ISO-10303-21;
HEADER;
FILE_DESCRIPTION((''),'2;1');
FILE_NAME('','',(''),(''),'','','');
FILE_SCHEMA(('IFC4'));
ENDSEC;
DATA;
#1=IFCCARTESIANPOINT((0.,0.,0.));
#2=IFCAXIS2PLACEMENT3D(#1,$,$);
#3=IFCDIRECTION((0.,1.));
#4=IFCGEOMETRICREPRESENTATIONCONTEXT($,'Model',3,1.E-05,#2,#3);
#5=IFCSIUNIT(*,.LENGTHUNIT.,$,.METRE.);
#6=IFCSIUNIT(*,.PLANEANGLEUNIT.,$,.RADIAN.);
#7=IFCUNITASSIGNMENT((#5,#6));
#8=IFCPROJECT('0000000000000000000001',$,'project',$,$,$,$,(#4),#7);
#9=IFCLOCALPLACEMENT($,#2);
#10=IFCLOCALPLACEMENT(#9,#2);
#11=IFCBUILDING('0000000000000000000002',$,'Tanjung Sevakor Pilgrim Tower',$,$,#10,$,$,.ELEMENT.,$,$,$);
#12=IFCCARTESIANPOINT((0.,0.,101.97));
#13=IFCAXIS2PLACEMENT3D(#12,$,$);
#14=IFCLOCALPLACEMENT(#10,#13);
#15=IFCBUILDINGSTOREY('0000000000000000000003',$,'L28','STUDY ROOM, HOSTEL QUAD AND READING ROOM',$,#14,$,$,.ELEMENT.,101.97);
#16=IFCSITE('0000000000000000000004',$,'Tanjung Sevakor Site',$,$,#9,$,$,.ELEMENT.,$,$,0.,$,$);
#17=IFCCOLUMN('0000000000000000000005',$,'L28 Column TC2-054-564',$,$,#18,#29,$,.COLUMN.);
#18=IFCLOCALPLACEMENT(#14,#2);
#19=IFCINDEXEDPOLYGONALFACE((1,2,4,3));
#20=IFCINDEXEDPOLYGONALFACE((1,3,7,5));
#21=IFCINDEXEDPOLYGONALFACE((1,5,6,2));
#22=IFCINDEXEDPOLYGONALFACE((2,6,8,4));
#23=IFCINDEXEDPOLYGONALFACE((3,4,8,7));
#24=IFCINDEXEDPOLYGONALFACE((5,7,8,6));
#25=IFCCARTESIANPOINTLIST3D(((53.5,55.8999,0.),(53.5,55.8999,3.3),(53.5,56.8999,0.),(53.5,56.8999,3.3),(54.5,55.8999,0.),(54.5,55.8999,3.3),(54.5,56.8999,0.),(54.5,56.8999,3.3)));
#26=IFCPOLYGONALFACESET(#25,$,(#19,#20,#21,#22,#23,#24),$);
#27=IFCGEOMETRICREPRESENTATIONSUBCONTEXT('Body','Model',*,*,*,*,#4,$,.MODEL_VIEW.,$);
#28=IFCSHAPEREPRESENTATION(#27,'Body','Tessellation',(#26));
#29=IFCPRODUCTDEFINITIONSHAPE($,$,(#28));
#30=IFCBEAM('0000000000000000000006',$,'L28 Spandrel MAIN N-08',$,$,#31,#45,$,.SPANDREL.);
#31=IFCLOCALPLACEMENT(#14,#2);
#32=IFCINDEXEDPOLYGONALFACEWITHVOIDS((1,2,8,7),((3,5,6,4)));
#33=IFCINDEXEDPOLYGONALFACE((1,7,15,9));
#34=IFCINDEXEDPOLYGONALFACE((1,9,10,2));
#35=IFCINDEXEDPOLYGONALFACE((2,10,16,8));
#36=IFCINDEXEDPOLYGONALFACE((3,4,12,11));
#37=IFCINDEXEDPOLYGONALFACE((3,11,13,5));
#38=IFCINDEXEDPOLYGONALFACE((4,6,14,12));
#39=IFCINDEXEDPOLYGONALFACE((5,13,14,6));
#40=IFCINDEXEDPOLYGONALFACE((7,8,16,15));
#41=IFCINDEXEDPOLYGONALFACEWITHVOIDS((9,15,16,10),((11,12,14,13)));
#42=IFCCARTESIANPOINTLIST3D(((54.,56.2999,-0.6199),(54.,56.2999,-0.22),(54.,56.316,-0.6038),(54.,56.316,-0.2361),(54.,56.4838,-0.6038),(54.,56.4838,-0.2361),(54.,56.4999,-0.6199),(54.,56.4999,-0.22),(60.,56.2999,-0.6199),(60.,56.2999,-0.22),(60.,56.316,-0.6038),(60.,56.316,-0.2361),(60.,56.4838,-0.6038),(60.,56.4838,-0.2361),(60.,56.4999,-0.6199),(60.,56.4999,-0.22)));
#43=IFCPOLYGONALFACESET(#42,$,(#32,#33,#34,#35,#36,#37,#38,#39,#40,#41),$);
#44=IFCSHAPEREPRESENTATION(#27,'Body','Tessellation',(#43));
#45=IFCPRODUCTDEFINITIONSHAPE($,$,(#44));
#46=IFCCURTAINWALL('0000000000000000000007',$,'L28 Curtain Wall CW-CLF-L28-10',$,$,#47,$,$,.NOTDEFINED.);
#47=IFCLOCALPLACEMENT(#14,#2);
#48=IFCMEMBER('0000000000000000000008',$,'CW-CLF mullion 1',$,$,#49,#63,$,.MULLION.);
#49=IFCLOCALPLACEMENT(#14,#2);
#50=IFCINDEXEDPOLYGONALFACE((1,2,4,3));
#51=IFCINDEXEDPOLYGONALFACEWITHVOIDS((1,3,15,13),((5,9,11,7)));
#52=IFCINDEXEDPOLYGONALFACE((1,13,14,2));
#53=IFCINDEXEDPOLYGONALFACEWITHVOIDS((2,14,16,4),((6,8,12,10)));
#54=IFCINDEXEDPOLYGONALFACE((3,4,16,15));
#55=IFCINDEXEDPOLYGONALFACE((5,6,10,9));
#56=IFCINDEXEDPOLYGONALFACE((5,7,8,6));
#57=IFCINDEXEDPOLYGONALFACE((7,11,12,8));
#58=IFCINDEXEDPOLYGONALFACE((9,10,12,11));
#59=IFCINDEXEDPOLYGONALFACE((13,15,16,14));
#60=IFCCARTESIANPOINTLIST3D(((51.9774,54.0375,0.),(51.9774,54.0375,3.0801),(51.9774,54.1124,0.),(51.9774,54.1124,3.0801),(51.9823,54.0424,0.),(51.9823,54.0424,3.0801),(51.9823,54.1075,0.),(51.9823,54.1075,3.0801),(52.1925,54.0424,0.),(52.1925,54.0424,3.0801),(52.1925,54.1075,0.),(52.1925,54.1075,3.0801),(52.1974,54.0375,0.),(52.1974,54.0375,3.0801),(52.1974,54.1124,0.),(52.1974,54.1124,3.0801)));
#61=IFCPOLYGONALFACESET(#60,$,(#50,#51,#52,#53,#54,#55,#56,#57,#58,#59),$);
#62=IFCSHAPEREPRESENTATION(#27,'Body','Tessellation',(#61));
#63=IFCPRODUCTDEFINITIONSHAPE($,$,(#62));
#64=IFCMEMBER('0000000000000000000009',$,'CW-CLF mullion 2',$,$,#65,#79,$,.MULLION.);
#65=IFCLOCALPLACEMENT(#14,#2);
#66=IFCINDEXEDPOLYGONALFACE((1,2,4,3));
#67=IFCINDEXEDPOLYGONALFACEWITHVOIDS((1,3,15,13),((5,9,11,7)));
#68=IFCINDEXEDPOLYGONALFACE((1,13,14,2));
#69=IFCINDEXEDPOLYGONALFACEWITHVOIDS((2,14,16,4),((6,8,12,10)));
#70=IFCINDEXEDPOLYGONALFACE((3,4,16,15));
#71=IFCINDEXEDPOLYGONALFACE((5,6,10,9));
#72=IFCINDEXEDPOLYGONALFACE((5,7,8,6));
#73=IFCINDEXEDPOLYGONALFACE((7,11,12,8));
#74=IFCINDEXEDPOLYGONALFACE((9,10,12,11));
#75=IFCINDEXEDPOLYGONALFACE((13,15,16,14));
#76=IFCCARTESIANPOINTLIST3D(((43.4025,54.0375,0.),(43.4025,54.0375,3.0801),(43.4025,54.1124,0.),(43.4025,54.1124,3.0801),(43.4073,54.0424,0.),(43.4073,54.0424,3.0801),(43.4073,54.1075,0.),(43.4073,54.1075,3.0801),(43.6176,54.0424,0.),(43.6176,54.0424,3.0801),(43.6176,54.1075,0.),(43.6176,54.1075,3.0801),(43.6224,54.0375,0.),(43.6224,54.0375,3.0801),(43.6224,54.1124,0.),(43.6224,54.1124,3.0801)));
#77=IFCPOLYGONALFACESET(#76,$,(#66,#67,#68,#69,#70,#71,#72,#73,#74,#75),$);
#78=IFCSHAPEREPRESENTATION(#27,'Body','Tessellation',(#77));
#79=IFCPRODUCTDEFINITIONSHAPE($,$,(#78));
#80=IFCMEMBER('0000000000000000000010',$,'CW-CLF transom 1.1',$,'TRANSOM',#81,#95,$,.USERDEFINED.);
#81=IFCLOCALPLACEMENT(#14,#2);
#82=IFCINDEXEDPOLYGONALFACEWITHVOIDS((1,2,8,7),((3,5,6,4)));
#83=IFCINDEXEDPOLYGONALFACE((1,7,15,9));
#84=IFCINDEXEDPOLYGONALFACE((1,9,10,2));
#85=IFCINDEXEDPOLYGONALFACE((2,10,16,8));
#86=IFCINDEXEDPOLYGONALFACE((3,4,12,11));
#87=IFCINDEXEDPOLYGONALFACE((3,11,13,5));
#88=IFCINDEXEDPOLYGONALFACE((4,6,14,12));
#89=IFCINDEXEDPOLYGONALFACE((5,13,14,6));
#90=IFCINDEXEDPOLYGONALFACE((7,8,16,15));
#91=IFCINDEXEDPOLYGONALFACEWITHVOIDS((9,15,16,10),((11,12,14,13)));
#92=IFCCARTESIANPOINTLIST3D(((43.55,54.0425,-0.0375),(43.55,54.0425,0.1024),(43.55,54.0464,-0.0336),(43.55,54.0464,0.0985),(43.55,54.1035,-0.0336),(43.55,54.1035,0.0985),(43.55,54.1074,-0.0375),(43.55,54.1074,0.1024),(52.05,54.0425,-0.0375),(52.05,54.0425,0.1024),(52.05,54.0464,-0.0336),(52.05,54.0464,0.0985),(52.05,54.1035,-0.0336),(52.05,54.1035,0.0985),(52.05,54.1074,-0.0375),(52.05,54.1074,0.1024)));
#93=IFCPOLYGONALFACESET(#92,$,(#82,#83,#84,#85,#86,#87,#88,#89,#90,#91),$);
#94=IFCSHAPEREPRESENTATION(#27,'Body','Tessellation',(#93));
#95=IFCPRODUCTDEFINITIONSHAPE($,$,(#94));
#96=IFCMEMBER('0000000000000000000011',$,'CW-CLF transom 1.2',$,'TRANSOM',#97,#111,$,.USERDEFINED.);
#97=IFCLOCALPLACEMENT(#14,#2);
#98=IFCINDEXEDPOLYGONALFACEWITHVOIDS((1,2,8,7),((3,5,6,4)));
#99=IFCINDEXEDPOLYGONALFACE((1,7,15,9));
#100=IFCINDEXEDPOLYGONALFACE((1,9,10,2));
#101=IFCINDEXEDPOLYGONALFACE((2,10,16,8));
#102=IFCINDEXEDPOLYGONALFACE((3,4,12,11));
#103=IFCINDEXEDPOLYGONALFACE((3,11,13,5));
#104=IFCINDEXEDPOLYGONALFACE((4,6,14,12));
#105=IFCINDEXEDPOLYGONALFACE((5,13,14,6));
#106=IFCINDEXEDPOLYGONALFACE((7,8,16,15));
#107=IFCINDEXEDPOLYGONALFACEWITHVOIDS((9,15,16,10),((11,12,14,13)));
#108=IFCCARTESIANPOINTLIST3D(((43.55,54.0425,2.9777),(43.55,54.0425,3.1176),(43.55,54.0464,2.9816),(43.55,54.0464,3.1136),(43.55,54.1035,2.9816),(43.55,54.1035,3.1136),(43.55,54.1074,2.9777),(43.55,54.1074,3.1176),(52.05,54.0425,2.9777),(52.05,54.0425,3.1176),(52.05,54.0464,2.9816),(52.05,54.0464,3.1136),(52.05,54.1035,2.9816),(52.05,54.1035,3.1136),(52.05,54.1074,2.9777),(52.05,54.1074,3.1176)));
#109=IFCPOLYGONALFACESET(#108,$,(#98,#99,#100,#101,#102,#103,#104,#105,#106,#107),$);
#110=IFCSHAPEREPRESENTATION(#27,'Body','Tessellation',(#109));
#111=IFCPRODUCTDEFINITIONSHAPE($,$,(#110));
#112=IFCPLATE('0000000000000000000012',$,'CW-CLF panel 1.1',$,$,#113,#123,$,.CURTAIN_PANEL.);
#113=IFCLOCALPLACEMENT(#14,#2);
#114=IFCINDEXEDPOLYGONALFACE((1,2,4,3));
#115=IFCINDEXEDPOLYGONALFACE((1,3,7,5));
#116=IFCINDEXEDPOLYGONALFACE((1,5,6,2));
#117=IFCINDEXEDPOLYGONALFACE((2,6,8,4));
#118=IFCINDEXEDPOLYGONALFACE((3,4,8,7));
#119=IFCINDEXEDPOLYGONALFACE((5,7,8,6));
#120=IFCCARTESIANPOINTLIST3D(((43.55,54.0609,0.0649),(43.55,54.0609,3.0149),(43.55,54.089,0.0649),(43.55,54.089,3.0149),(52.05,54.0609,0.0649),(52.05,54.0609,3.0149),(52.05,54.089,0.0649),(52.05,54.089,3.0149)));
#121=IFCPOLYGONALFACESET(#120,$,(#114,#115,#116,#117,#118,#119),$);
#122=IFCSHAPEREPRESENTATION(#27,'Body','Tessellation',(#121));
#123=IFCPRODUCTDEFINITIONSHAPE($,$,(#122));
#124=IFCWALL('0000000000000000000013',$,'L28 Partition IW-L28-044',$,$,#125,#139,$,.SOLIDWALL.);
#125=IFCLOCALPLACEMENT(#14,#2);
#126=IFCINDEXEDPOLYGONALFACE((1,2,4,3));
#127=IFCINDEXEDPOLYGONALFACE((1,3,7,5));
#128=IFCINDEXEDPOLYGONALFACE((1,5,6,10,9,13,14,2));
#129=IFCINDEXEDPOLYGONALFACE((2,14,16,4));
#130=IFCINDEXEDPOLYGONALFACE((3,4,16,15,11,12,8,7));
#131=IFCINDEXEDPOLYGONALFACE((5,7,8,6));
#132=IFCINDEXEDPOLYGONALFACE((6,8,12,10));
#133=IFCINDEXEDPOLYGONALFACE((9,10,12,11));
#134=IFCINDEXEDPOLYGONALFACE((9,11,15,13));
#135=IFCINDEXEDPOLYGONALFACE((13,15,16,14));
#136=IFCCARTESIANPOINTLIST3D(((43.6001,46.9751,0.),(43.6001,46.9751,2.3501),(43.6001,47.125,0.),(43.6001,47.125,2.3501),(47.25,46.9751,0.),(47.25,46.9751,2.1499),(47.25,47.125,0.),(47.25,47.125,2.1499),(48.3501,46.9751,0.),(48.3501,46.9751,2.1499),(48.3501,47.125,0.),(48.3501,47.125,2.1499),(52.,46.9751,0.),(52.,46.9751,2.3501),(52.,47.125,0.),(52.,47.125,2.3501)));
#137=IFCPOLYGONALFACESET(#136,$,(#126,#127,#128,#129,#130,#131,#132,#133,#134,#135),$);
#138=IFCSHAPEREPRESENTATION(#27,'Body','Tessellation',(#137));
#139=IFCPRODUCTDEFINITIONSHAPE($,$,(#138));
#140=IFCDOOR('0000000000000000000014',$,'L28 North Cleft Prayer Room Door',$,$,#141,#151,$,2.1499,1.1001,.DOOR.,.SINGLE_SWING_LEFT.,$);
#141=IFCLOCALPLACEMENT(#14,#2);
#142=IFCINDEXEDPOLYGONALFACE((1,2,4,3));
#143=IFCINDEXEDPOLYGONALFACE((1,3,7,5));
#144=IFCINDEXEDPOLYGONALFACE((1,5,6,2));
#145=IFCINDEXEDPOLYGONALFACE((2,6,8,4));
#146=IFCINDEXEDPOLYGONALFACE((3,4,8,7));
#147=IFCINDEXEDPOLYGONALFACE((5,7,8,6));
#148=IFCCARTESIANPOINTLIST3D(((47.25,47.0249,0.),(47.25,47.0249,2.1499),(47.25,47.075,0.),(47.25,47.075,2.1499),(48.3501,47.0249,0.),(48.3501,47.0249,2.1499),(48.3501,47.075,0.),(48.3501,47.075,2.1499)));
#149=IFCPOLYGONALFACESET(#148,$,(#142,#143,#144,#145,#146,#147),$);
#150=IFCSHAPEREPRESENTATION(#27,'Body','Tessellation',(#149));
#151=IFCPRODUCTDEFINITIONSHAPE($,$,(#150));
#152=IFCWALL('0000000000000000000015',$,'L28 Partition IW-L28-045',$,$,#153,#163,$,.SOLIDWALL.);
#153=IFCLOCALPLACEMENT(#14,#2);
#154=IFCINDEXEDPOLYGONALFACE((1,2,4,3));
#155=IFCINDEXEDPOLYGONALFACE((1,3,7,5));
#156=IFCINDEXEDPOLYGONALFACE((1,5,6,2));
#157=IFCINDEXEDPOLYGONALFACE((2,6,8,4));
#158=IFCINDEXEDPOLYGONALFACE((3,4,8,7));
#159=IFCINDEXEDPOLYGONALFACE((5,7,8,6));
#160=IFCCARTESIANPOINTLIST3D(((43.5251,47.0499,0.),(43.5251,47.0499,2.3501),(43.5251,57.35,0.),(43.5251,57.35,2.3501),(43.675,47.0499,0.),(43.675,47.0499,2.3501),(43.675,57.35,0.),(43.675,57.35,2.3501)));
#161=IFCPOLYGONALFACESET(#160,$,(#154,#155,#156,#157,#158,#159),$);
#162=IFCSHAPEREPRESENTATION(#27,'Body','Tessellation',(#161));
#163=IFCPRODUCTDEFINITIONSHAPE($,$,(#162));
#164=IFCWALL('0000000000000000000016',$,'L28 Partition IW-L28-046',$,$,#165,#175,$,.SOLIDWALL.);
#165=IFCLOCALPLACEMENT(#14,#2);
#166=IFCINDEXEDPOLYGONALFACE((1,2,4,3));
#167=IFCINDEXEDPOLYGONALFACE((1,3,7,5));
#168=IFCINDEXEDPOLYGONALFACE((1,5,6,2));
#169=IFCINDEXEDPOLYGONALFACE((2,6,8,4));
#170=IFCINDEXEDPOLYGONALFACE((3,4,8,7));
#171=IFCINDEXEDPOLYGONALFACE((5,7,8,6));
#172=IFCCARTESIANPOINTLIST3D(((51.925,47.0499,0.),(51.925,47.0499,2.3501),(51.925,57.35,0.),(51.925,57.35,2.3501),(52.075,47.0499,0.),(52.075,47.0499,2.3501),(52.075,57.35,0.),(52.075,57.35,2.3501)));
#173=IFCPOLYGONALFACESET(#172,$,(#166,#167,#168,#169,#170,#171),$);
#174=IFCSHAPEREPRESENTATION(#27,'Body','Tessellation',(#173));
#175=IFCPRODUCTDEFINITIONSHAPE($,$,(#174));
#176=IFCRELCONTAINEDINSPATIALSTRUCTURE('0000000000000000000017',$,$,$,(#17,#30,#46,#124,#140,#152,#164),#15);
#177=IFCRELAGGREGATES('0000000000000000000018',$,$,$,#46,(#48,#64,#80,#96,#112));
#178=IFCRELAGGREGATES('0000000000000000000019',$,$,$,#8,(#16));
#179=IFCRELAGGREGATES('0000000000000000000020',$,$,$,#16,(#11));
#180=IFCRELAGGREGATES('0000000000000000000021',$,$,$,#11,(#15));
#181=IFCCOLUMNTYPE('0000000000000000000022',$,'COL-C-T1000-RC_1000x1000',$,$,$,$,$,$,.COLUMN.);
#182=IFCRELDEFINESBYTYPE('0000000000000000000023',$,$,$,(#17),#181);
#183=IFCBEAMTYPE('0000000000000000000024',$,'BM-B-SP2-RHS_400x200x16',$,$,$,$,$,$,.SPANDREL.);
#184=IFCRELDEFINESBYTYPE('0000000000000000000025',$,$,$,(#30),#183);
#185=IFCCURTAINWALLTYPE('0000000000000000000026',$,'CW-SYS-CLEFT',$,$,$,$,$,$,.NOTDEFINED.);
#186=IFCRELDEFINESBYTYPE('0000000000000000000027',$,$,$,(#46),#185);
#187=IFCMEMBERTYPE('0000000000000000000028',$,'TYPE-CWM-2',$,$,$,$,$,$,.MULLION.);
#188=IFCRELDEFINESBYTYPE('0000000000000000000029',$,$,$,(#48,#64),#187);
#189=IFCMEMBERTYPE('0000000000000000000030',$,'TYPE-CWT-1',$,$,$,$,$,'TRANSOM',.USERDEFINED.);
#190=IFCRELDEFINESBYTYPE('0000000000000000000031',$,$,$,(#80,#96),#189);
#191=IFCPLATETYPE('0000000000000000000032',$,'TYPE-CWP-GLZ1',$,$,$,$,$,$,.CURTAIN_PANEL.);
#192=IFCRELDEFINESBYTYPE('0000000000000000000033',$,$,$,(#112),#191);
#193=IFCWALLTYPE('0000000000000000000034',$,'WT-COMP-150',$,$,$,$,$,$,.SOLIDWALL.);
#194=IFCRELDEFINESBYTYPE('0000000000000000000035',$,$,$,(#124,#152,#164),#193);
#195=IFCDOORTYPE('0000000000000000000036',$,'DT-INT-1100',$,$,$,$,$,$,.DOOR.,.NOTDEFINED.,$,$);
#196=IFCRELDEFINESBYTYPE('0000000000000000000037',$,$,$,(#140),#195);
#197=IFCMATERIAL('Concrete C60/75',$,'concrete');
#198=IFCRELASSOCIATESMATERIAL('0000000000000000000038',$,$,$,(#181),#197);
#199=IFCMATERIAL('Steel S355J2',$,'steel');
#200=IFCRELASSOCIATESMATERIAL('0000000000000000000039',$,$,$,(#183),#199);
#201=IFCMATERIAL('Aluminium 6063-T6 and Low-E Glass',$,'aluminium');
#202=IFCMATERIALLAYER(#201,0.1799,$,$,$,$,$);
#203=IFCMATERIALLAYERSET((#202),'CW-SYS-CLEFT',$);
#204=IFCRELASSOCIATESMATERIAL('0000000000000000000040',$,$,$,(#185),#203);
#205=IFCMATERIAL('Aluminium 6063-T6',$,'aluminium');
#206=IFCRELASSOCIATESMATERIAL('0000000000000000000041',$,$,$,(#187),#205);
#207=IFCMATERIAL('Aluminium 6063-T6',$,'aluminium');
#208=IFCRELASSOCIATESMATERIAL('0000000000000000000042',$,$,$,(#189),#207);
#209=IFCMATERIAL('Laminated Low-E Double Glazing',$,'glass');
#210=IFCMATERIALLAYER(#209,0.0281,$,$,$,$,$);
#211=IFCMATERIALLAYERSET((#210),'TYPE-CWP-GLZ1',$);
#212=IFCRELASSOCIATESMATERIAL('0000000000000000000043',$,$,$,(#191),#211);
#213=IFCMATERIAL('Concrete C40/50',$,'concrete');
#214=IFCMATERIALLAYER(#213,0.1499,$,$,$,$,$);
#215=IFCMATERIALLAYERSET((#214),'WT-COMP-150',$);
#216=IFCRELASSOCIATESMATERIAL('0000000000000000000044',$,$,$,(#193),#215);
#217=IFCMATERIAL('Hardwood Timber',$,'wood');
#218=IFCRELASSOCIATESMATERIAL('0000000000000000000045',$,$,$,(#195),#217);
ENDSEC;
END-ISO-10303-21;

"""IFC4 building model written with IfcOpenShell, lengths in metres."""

from ifc_helpers import new_model, si_unit, direction, frame, frame_2d, origin, origin_2d, place, context, subcontext, project, spatial, rectangle, hollow_rectangle, extrude, material, layer, layer_set, material_profile, profile_set, type_object, element, fill, aggregate, save


model = new_model("IFC4")

# Units and contexts
model_context = context("Model", 3, precision=1e-05, world=origin(), true_north=direction((0.0, 1.0)))
body_context = subcontext(model_context, "Body", "Model", "MODEL_VIEW")
ifc_project = project(units=[si_unit("LENGTHUNIT", "METRE"), si_unit("PLANEANGLEUNIT", "RADIAN")], contexts=[model_context])

# Site, building, storey
site_placement = place(None, origin())
site = spatial("IfcSite", under=ifc_project, at=site_placement, Name="Tanjung Sevakor Site", CompositionType="ELEMENT", RefElevation=0.0)
building_placement = place(site_placement, origin())
building = spatial("IfcBuilding", under=site, at=building_placement, Name="Tanjung Sevakor Pilgrim Tower", CompositionType="ELEMENT")
storey_placement = place(building_placement, frame((0.0, 0.0, 101.97)))
storey = spatial("IfcBuildingStorey", under=building, at=storey_placement, Name="L28", Description="STUDY ROOM, HOSTEL QUAD AND READING ROOM", CompositionType="ELEMENT", Elevation=101.97)

# Column
ifc_material_1 = material(Name="Concrete C60/75", Category="concrete")
ifc_material_profile_1 = material_profile(ifc_material_1, rectangle(XDim=1.0, YDim=1.0, at=origin_2d()))
ifc_profile_set_1 = profile_set([ifc_material_profile_1], Name="Concrete C60/75")
column_type = type_object("IfcColumnType", Name="COL-C-T1000-RC_1000x1000", PredefinedType="COLUMN", material=ifc_profile_set_1)
column_placement = place(storey_placement, frame((54.0, 56.3999, 0.0), z_axis=(0.0, 0.0, 1.0), x_axis=(1.0, 0.0, 0.0)))
element("IfcColumn", 1, at=column_placement, inside=storey, type_object=column_type, Name="L28 Column TC2-054-564", PredefinedType="COLUMN", context=body_context, shape_type="SweptSolid", body=[
    extrude(rectangle(XDim=1.0, YDim=1.0, at=origin_2d()), origin(), (0.0, 0.0, 1.0), 3.3),
])

# Beam
ifc_material_2 = material(Name="Steel S355J2", Category="steel")
ifc_material_profile_2 = material_profile(ifc_material_2, hollow_rectangle(XDim=0.2, YDim=0.3999, WallThickness=0.0161, at=origin_2d()))
ifc_profile_set_2 = profile_set([ifc_material_profile_2], Name="Steel S355J2")
beam_type = type_object("IfcBeamType", Name="BM-B-SP2-RHS_400x200x16", PredefinedType="SPANDREL", material=ifc_profile_set_2)
beam_placement = place(storey_placement, frame((54.0, 56.3999, -0.4199), z_axis=(1.0, 0.0, 0.0), x_axis=(0.0, 1.0, 0.0)))
element("IfcBeam", 2, at=beam_placement, inside=storey, type_object=beam_type, Name="L28 Spandrel MAIN N-08", PredefinedType="SPANDREL", context=body_context, shape_type="SweptSolid", body=[
    extrude(hollow_rectangle(XDim=0.2, YDim=0.3999, WallThickness=0.0161, at=origin_2d()), origin(), (0.0, 0.0, 1.0), 6.0),
])

# Curtain wall, members, plate
ifc_material_3 = material(Name="Aluminium 6063-T6 and Low-E Glass", Category="aluminium")
ifc_layer_1 = layer(ifc_material_3, 0.1799)
ifc_layer_set_1 = layer_set([ifc_layer_1], Name="CW-SYS-CLEFT")
curtain_wall_type = type_object("IfcCurtainWallType", Name="CW-SYS-CLEFT", PredefinedType="NOTDEFINED", material=ifc_layer_set_1)
curtain_wall_placement = place(storey_placement, origin())
curtain_wall = element("IfcCurtainWall", 3, at=curtain_wall_placement, inside=storey, type_object=curtain_wall_type, Name="L28 Curtain Wall CW-CLF-L28-10", PredefinedType="NOTDEFINED")
ifc_material_4 = material(Name="Aluminium 6063-T6", Category="aluminium")
ifc_material_profile_3 = material_profile(ifc_material_4, hollow_rectangle(XDim=0.075, YDim=0.22, WallThickness=0.0049, at=origin_2d()))
ifc_profile_set_3 = profile_set([ifc_material_profile_3], Name="Aluminium 6063-T6")
member_type_1 = type_object("IfcMemberType", Name="TYPE-CWM-2", PredefinedType="MULLION", material=ifc_profile_set_3)
member_1_placement = place(storey_placement, frame((52.0874, 54.075, 0.0), z_axis=(0.0, 0.0, 1.0), x_axis=(0.0, -1.0, 0.0)))
member_1 = element("IfcMember", 4, at=member_1_placement, type_object=member_type_1, Name="CW-CLF mullion 1", PredefinedType="MULLION", context=body_context, shape_type="SweptSolid", body=[
    extrude(hollow_rectangle(XDim=0.075, YDim=0.22, WallThickness=0.0049, at=origin_2d()), origin(), (0.0, 0.0, 1.0), 3.0801),
])
member_2_placement = place(storey_placement, frame((43.5125, 54.075, 0.0), z_axis=(0.0, 0.0, 1.0), x_axis=(0.0, -1.0, 0.0)))
member_2 = element("IfcMember", 5, at=member_2_placement, type_object=member_type_1, Name="CW-CLF mullion 2", PredefinedType="MULLION", context=body_context, shape_type="SweptSolid", body=[
    extrude(hollow_rectangle(XDim=0.075, YDim=0.22, WallThickness=0.0049, at=origin_2d()), origin(), (0.0, 0.0, 1.0), 3.0801),
])
ifc_material_5 = material(Name="Aluminium 6063-T6", Category="aluminium")
ifc_material_profile_4 = material_profile(ifc_material_5, hollow_rectangle(XDim=0.0649, YDim=0.1399, WallThickness=0.0039, at=origin_2d()))
ifc_profile_set_4 = profile_set([ifc_material_profile_4], Name="Aluminium 6063-T6")
member_type_2 = type_object("IfcMemberType", Name="TYPE-CWT-1", ElementType="TRANSOM", PredefinedType="USERDEFINED", material=ifc_profile_set_4)
member_3_placement = place(storey_placement, frame((52.05, 54.075, 0.0325), z_axis=(-1.0, 0.0, 0.0), x_axis=(0.0, -1.0, 0.0)))
member_3 = element("IfcMember", 6, at=member_3_placement, type_object=member_type_2, Name="CW-CLF transom 1.1", ObjectType="TRANSOM", PredefinedType="USERDEFINED", context=body_context, shape_type="SweptSolid", body=[
    extrude(hollow_rectangle(XDim=0.0649, YDim=0.1399, WallThickness=0.0039, at=origin_2d()), origin(), (0.0, 0.0, 1.0), 8.5),
])
member_4_placement = place(storey_placement, frame((52.05, 54.075, 3.0476), z_axis=(-1.0, 0.0, 0.0), x_axis=(0.0, -1.0, 0.0)))
member_4 = element("IfcMember", 7, at=member_4_placement, type_object=member_type_2, Name="CW-CLF transom 1.2", ObjectType="TRANSOM", PredefinedType="USERDEFINED", context=body_context, shape_type="SweptSolid", body=[
    extrude(hollow_rectangle(XDim=0.0649, YDim=0.1399, WallThickness=0.0039, at=origin_2d()), origin(), (0.0, 0.0, 1.0), 8.5),
])
ifc_material_6 = material(Name="Laminated Low-E Double Glazing", Category="glass")
ifc_layer_2 = layer(ifc_material_6, 0.0281)
ifc_layer_set_2 = layer_set([ifc_layer_2], Name="TYPE-CWP-GLZ1")
plate_type = type_object("IfcPlateType", Name="TYPE-CWP-GLZ1", PredefinedType="CURTAIN_PANEL", material=ifc_layer_set_2)
plate_placement = place(storey_placement, frame((47.8, 54.075, 0.0649), z_axis=(0.0, 0.0, 1.0), x_axis=(-1.0, 0.0, 0.0)))
plate = element("IfcPlate", 8, at=plate_placement, type_object=plate_type, Name="CW-CLF panel 1.1", PredefinedType="CURTAIN_PANEL", context=body_context, shape_type="SweptSolid", body=[
    extrude(rectangle(XDim=8.5, YDim=0.0281, at=origin_2d()), origin(), (0.0, 0.0, 1.0), 2.95),
])
aggregate(curtain_wall, [member_1, member_2, member_3, member_4, plate])

# Wall, opening, door
ifc_material_7 = material(Name="Concrete C40/50", Category="concrete")
ifc_layer_3 = layer(ifc_material_7, 0.1499)
ifc_layer_set_3 = layer_set([ifc_layer_3], Name="WT-COMP-150")
wall_type_1 = type_object("IfcWallType", Name="WT-COMP-150", PredefinedType="SOLIDWALL", material=ifc_layer_set_3)
wall_1_placement = place(storey_placement, frame((43.6001, 47.05, 0.0), z_axis=(0.0, 0.0, 1.0), x_axis=(1.0, 0.0, 0.0)))
wall_1 = element("IfcWall", 9, at=wall_1_placement, inside=storey, type_object=wall_type_1, Name="L28 Partition IW-L28-044", PredefinedType="SOLIDWALL", context=body_context, shape_type="SweptSolid", body=[
    extrude(rectangle(XDim=8.3999, YDim=0.1499, at=frame_2d((4.2, 0.0))), origin(), (0.0, 0.0, 1.0), 2.3501),
])
opening_1_placement = place(wall_1_placement, frame((3.6499, 0.0, 0.0)))
opening_1 = element("IfcOpeningElement", 10, at=opening_1_placement, cuts=wall_1, PredefinedType="OPENING", context=body_context, shape_type="SweptSolid", body=[
    extrude(rectangle(XDim=1.1001, YDim=2.1499, at=frame_2d((0.55, 1.075))), frame((0.0, 0.085, 0.0), z_axis=(0.0, -1.0, 0.0), x_axis=(1.0, 0.0, 0.0)), (0.0, 0.0, 1.0), 0.1699),
])
ifc_material_8 = material(Name="Hardwood Timber", Category="wood")
door_type_1 = type_object("IfcDoorType", Name="DT-INT-1100", OperationType="NOTDEFINED", PredefinedType="DOOR", material=ifc_material_8)
door_1_placement = place(opening_1_placement, origin())
door_1 = element("IfcDoor", 11, at=door_1_placement, inside=storey, type_object=door_type_1, Name="L28 North Cleft Prayer Room Door", OperationType="SINGLE_SWING_LEFT", OverallHeight=2.1499, OverallWidth=1.1001, PredefinedType="DOOR", context=body_context, shape_type="SweptSolid", body=[
    extrude(rectangle(XDim=1.1001, YDim=2.1499, at=frame_2d((0.55, 1.075))), frame((0.0, 0.0249, 0.0), z_axis=(0.0, -1.0, 0.0), x_axis=(1.0, 0.0, 0.0)), (0.0, 0.0, 1.0), 0.05),
])
fill(opening_1, door_1)

# Walls
for number, where, z_axis, x_axis, name in (
    (12, (43.6001, 47.05, 0.0), (0.0, 0.0, 1.0), (0.0, 1.0, 0.0), "L28 Partition IW-L28-045"),
    (13, (52.0, 47.05, 0.0), (0.0, 0.0, 1.0), (0.0, 1.0, 0.0), "L28 Partition IW-L28-046"),
):
    element("IfcWall", number, at=place(storey_placement, frame(where, z_axis=z_axis, x_axis=x_axis)), inside=storey, type_object=wall_type_1, Name=name, PredefinedType="SOLIDWALL", context=body_context, shape_type="SweptSolid", body=[
        extrude(rectangle(XDim=10.3, YDim=0.1499, at=frame_2d((5.1499, 0.0))), origin(), (0.0, 0.0, 1.0), 2.3501),
    ])

save(model, "model.ifc")
